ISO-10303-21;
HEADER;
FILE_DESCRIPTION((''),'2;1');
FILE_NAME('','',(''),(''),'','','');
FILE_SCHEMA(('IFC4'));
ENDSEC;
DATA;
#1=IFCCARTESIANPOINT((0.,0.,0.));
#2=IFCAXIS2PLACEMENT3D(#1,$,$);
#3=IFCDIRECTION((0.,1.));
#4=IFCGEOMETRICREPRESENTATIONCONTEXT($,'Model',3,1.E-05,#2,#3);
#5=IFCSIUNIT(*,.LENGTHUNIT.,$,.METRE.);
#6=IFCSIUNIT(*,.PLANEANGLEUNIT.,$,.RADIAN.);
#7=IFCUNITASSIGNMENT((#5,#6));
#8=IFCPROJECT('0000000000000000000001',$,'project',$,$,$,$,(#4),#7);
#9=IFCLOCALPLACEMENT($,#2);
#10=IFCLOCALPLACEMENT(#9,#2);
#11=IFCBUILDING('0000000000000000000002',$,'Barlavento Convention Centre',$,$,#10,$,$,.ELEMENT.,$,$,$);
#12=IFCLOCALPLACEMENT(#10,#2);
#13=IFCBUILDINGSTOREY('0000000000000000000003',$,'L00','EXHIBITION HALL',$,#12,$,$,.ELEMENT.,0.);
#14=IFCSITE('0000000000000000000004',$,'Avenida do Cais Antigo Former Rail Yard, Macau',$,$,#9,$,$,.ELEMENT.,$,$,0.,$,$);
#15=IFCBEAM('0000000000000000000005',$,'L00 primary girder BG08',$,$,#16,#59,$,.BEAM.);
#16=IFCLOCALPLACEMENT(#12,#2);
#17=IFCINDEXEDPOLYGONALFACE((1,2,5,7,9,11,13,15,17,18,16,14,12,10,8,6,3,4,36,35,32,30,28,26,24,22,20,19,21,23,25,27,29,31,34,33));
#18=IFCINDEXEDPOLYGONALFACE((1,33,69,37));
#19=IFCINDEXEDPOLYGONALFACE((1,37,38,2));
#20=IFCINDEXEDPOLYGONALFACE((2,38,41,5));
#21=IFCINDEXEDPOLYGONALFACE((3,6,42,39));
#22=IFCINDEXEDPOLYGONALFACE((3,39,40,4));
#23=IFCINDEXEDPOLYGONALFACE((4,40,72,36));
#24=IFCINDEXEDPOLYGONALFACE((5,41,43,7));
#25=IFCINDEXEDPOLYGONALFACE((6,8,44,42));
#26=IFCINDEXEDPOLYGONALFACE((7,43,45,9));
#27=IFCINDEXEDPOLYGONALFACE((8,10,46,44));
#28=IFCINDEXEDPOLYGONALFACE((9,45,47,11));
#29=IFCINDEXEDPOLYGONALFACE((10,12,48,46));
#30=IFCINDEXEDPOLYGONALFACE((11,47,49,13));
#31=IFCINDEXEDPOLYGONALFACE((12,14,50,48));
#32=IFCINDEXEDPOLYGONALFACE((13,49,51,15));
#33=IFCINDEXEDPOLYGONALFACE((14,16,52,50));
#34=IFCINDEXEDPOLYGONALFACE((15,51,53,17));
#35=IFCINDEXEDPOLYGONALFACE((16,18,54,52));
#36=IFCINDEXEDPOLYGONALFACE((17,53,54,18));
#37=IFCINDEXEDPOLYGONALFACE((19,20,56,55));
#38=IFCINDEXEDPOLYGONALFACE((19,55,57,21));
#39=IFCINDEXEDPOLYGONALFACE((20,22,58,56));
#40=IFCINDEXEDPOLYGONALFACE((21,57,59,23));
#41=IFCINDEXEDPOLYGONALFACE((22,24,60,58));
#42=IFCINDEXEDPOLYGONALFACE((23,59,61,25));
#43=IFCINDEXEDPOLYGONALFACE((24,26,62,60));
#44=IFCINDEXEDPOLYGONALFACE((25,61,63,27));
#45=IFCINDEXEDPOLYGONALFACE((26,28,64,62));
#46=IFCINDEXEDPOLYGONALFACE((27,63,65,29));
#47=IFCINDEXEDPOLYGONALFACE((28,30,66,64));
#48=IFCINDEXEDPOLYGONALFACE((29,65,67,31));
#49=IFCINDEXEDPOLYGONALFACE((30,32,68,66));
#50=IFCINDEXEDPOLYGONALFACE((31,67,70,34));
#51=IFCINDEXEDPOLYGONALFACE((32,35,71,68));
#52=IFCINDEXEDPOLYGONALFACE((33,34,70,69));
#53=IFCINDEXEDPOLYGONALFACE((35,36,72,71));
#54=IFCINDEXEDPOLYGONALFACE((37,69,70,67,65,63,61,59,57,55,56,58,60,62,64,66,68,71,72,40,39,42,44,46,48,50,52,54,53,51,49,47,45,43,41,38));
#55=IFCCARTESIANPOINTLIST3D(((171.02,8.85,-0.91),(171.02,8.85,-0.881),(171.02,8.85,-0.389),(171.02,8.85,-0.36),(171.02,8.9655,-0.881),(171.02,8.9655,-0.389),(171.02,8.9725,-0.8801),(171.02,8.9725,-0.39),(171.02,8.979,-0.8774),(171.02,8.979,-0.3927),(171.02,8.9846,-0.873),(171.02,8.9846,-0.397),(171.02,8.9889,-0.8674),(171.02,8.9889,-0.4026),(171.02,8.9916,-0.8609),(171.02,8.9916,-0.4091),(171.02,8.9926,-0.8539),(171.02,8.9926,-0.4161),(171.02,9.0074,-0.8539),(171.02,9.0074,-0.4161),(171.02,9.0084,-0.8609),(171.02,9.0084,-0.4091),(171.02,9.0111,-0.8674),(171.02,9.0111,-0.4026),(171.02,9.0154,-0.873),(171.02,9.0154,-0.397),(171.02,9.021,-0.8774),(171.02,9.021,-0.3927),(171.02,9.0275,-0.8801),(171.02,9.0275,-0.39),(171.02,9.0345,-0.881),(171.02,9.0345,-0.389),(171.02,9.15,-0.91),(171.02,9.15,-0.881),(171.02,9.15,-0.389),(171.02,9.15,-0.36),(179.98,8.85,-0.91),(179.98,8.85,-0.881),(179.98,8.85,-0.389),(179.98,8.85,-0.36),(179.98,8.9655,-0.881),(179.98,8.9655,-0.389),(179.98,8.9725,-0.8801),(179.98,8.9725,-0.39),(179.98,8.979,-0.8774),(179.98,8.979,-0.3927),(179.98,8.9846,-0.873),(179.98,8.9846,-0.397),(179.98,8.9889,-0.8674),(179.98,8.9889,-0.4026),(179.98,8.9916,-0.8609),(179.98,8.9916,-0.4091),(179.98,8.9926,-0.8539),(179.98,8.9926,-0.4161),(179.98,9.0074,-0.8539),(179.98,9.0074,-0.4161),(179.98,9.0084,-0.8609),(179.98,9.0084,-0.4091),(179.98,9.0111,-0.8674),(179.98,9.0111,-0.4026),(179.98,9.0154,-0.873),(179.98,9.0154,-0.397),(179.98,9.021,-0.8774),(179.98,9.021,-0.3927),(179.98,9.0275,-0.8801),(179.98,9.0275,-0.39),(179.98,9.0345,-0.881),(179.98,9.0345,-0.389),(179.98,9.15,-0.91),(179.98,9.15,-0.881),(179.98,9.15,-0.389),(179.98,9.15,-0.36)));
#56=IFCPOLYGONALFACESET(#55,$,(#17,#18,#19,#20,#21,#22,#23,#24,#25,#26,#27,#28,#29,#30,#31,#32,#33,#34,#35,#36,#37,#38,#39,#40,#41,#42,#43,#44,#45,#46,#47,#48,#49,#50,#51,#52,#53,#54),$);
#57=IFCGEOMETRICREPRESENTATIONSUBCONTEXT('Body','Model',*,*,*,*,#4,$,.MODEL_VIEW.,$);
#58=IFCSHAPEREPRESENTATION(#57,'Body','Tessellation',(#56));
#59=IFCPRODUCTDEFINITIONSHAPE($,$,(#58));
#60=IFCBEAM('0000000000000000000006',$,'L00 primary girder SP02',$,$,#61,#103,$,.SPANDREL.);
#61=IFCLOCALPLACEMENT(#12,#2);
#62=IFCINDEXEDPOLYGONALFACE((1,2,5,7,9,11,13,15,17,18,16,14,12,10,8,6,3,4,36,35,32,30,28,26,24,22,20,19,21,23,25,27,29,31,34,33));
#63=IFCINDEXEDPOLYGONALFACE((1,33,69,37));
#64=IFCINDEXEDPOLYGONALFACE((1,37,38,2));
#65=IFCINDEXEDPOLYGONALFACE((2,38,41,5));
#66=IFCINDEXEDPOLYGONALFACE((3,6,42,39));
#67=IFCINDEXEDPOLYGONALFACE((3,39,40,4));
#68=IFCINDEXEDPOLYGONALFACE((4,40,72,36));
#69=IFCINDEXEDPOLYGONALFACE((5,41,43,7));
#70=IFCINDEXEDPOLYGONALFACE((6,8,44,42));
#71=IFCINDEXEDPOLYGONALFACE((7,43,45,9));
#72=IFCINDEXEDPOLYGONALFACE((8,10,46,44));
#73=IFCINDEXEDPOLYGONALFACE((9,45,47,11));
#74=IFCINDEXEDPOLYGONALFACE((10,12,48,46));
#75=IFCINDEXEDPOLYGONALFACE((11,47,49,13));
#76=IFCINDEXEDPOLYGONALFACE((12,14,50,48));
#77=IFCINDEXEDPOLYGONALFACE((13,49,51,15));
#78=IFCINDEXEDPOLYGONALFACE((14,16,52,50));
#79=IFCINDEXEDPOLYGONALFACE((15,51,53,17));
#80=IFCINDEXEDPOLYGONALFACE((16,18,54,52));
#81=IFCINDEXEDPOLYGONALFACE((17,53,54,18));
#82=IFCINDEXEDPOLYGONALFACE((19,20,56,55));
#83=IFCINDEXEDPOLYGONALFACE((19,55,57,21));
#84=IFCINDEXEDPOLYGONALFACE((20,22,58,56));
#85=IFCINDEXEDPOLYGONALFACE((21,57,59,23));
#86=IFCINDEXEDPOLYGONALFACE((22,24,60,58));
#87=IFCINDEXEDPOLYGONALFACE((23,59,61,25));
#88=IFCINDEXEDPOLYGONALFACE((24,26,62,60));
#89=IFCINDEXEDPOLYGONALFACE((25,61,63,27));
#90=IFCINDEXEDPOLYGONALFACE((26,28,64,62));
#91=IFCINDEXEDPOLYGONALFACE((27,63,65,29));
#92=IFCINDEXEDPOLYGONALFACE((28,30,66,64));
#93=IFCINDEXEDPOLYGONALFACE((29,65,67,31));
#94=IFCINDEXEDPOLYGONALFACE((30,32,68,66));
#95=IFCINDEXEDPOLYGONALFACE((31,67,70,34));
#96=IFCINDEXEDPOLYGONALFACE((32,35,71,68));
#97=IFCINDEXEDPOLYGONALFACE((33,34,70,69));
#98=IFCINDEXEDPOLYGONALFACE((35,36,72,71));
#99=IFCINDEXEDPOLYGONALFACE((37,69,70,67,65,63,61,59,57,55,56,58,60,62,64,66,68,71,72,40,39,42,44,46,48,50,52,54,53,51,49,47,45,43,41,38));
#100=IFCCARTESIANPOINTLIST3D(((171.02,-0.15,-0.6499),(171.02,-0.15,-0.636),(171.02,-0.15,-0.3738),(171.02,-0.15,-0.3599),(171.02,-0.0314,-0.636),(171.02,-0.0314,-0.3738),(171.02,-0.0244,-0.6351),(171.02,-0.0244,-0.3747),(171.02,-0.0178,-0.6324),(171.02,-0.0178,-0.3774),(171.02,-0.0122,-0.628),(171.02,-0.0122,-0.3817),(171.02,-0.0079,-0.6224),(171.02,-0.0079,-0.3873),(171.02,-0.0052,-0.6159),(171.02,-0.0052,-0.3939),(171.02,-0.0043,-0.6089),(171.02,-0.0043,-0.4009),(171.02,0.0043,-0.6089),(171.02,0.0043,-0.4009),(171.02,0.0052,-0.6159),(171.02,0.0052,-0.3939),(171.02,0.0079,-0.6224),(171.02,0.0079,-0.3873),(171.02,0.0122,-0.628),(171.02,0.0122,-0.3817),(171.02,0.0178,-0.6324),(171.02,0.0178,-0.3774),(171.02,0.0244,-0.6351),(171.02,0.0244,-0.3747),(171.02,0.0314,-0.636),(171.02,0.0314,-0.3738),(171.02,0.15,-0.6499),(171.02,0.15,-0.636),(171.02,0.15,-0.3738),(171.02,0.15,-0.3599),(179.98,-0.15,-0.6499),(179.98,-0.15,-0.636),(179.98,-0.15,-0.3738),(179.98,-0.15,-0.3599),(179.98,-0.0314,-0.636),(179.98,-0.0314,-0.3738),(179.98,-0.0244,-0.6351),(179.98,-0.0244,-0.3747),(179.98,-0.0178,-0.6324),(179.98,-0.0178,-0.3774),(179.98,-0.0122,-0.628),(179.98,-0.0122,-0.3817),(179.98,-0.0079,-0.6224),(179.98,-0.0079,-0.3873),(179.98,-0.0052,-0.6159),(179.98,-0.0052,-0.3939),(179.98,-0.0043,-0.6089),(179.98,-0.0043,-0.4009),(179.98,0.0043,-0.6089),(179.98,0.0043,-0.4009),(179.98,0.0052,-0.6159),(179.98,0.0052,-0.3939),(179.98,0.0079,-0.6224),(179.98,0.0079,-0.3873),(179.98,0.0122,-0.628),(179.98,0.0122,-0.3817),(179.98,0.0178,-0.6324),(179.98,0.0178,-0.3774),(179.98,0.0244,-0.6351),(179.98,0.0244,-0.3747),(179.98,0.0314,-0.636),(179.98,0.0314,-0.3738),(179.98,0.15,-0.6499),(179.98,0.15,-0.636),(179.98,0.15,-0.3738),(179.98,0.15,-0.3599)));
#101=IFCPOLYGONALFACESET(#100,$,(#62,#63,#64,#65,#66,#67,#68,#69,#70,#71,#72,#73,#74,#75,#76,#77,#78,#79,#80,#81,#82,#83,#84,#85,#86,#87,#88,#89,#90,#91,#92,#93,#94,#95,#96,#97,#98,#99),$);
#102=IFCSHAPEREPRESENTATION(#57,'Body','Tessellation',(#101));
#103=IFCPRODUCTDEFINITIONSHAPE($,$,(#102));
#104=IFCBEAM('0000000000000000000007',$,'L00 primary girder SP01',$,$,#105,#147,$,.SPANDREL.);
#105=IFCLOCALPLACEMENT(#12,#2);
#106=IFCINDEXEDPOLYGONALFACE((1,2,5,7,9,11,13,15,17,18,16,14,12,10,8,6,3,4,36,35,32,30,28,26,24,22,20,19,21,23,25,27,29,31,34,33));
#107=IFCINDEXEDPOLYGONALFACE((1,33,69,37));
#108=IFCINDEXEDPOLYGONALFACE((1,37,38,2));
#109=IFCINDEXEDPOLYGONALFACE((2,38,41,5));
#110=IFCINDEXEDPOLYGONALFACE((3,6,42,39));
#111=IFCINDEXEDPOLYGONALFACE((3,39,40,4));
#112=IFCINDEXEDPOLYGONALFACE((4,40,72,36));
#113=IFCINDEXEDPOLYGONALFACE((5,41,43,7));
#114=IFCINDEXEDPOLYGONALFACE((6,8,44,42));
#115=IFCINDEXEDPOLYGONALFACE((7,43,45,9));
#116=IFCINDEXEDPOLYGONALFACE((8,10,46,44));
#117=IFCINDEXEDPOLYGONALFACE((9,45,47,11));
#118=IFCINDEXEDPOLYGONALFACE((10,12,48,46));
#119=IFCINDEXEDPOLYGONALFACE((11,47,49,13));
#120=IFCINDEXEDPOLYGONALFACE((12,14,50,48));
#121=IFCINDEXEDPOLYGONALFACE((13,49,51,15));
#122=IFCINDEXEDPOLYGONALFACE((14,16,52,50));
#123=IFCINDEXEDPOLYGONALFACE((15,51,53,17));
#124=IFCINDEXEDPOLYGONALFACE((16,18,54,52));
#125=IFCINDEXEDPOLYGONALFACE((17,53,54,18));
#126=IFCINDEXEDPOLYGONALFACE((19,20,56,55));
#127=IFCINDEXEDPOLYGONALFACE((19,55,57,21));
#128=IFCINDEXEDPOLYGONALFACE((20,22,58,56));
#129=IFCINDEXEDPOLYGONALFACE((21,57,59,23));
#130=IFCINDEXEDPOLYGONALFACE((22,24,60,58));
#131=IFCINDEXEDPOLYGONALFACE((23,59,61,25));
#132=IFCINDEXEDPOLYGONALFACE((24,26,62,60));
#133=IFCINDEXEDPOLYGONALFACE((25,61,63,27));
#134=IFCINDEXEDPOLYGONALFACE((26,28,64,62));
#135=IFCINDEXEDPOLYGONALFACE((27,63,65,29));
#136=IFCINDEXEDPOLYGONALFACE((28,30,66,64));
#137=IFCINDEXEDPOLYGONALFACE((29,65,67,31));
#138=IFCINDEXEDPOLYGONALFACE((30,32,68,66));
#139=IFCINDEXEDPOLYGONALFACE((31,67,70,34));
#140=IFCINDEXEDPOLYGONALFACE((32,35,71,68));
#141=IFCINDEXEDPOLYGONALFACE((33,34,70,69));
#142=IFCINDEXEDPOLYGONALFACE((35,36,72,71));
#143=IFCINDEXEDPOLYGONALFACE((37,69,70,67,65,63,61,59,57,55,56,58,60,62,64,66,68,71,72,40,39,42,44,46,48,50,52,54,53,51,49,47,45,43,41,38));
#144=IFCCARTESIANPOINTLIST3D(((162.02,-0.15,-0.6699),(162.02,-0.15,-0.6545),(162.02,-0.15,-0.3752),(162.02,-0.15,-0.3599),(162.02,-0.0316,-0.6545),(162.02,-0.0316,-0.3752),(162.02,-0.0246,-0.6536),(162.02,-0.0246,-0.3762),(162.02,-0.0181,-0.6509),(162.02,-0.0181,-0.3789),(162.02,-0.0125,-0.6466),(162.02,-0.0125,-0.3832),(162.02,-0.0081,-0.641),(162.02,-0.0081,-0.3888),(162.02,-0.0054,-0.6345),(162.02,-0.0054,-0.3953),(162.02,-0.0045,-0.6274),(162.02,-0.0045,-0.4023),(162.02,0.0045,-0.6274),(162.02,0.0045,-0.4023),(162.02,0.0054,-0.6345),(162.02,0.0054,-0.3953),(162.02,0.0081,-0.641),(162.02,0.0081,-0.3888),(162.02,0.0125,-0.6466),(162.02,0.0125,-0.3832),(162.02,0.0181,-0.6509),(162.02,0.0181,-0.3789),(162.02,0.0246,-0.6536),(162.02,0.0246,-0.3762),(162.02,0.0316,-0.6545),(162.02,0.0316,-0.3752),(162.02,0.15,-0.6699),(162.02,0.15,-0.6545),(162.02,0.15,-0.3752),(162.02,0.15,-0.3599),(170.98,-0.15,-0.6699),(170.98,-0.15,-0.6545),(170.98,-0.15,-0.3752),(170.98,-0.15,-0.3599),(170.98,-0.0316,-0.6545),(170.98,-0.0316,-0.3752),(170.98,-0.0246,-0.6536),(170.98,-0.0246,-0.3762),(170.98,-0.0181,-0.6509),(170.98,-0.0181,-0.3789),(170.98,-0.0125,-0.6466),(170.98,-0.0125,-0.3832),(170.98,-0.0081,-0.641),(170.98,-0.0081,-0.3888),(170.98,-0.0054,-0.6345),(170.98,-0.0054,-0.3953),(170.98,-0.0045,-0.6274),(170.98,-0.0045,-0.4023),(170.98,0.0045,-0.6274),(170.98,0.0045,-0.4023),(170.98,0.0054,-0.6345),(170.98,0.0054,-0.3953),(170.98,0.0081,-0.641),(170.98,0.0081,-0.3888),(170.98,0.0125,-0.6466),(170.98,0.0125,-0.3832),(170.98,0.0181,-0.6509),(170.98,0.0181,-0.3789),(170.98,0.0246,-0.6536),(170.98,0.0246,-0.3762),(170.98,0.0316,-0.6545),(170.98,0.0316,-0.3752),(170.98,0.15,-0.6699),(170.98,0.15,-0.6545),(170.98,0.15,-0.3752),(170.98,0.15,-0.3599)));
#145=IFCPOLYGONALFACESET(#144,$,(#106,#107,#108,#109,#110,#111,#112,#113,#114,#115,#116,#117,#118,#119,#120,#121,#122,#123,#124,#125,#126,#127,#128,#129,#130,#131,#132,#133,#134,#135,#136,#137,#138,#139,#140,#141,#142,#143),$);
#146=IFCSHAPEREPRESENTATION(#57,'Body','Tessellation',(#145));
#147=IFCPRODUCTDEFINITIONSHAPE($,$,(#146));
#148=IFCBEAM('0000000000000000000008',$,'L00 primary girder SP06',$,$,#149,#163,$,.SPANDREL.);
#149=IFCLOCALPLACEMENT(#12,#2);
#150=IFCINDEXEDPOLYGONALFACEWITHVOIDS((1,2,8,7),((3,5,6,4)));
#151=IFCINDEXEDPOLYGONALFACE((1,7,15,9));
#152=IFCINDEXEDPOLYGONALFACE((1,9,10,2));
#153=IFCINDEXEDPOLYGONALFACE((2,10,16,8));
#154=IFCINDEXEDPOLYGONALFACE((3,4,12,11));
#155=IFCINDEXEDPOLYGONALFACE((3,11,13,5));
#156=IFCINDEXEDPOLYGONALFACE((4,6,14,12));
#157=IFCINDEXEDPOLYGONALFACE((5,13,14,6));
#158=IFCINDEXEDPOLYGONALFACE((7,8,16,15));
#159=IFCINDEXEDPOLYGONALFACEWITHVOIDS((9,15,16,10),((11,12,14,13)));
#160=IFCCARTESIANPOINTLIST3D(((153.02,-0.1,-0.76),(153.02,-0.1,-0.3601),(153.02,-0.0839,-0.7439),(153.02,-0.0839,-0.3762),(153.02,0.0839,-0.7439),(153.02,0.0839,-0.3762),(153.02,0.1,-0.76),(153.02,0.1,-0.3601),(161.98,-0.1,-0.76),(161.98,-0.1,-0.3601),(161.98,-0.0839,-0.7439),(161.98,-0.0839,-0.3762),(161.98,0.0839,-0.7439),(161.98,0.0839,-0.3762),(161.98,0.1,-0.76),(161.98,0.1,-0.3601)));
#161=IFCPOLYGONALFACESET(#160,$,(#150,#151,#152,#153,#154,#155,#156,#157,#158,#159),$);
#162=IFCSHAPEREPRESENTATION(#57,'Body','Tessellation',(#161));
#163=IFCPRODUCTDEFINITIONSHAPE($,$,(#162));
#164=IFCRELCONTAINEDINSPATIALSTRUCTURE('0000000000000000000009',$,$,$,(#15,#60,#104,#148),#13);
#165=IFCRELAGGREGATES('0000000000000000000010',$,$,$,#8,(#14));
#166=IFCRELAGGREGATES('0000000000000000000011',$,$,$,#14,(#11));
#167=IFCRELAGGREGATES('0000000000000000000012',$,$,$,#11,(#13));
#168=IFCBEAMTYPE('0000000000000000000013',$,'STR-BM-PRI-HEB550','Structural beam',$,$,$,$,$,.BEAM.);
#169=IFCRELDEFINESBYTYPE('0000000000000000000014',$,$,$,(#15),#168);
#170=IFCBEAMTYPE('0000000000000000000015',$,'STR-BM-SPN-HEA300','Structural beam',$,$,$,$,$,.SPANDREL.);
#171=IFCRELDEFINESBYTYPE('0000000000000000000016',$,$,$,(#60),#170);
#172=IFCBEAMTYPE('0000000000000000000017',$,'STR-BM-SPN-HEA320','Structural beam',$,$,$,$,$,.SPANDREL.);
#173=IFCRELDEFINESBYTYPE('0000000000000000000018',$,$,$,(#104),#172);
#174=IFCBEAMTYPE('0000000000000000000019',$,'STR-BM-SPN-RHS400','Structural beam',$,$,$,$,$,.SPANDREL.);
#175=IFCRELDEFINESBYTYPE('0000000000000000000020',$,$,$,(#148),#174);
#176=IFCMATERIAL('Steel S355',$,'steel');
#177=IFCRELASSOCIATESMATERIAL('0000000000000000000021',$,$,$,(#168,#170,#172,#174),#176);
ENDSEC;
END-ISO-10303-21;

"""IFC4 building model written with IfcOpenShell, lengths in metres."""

from ifc_helpers import new_model, si_unit, direction, frame, origin, origin_2d, place, context, subcontext, project, spatial, hollow_rectangle, i_section, extrude, material, material_profile, profile_set, type_object, element, save


model = new_model("IFC4")

# Units and contexts
model_context = context("Model", 3, precision=1e-05, world=origin(), true_north=direction((0.0, 1.0)))
body_context = subcontext(model_context, "Body", "Model", "MODEL_VIEW")
ifc_project = project(units=[si_unit("LENGTHUNIT", "METRE"), si_unit("PLANEANGLEUNIT", "RADIAN")], contexts=[model_context])

# Site, building, storey
site_placement = place(None, origin())
site = spatial("IfcSite", under=ifc_project, at=site_placement, Name="Avenida do Cais Antigo Former Rail Yard, Macau", CompositionType="ELEMENT", RefElevation=0.0)
building_placement = place(site_placement, origin())
building = spatial("IfcBuilding", under=site, at=building_placement, Name="Barlavento Convention Centre", CompositionType="ELEMENT")
storey_placement = place(building_placement, origin())
storey = spatial("IfcBuildingStorey", under=building, at=storey_placement, Name="L00", Description="EXHIBITION HALL", CompositionType="ELEMENT", Elevation=0.0)

# Beams
ifc_material_1 = material(Name="Steel S355", Category="steel")
ifc_material_profile_1 = material_profile(ifc_material_1, i_section(OverallWidth=0.3, OverallDepth=0.55, WebThickness=0.0149, FlangeThickness=0.0291, FilletRadius=0.0271, at=origin_2d()), Name="HEB 550")
ifc_profile_set_1 = profile_set([ifc_material_profile_1], Name="Steel S355")
beam_type_1 = type_object("IfcBeamType", Name="STR-BM-PRI-HEB550", Description="Structural beam", PredefinedType="BEAM", material=ifc_profile_set_1)
beam_1_placement = place(storey_placement, frame((171.02, 9.0, -0.635), z_axis=(1.0, 0.0, 0.0), x_axis=(0.0, 1.0, 0.0)))
element("IfcBeam", 1, at=beam_1_placement, inside=storey, type_object=beam_type_1, Name="L00 primary girder BG08", PredefinedType="BEAM", context=body_context, shape_type="SweptSolid", body=[
    extrude(i_section(OverallWidth=0.3, OverallDepth=0.55, WebThickness=0.0149, FlangeThickness=0.0291, FilletRadius=0.0271, at=origin_2d()), origin(), (0.0, 0.0, 1.0), 8.96),
])
ifc_material_profile_2 = material_profile(ifc_material_1, i_section(OverallWidth=0.3, OverallDepth=0.29, WebThickness=0.0085, FlangeThickness=0.0139, FilletRadius=0.0271, at=origin_2d()), Name="HEA 300")
ifc_profile_set_2 = profile_set([ifc_material_profile_2], Name="Steel S355")
beam_type_2 = type_object("IfcBeamType", Name="STR-BM-SPN-HEA300", Description="Structural beam", PredefinedType="SPANDREL", material=ifc_profile_set_2)
beam_2_placement = place(storey_placement, frame((171.02, 0.0, -0.5049), z_axis=(1.0, 0.0, 0.0), x_axis=(0.0, 1.0, 0.0)))
element("IfcBeam", 2, at=beam_2_placement, inside=storey, type_object=beam_type_2, Name="L00 primary girder SP02", PredefinedType="SPANDREL", context=body_context, shape_type="SweptSolid", body=[
    extrude(i_section(OverallWidth=0.3, OverallDepth=0.29, WebThickness=0.0085, FlangeThickness=0.0139, FilletRadius=0.0271, at=origin_2d()), origin(), (0.0, 0.0, 1.0), 8.96),
])
ifc_material_profile_3 = material_profile(ifc_material_1, i_section(OverallWidth=0.3, OverallDepth=0.3101, WebThickness=0.009, FlangeThickness=0.0154, FilletRadius=0.0271, at=origin_2d()), Name="HEA 320")
ifc_profile_set_3 = profile_set([ifc_material_profile_3], Name="Steel S355")
beam_type_3 = type_object("IfcBeamType", Name="STR-BM-SPN-HEA320", Description="Structural beam", PredefinedType="SPANDREL", material=ifc_profile_set_3)
beam_3_placement = place(storey_placement, frame((162.02, 0.0, -0.5149), z_axis=(1.0, 0.0, 0.0), x_axis=(0.0, 1.0, 0.0)))
element("IfcBeam", 3, at=beam_3_placement, inside=storey, type_object=beam_type_3, Name="L00 primary girder SP01", PredefinedType="SPANDREL", context=body_context, shape_type="SweptSolid", body=[
    extrude(i_section(OverallWidth=0.3, OverallDepth=0.3101, WebThickness=0.009, FlangeThickness=0.0154, FilletRadius=0.0271, at=origin_2d()), origin(), (0.0, 0.0, 1.0), 8.96),
])
ifc_material_profile_4 = material_profile(ifc_material_1, hollow_rectangle(XDim=0.2, YDim=0.3999, WallThickness=0.0161, at=origin_2d()), Name="RHS 400x200x16.0")
ifc_profile_set_4 = profile_set([ifc_material_profile_4], Name="Steel S355")
beam_type_4 = type_object("IfcBeamType", Name="STR-BM-SPN-RHS400", Description="Structural beam", PredefinedType="SPANDREL", material=ifc_profile_set_4)
beam_4_placement = place(storey_placement, frame((153.02, 0.0, -0.5601), z_axis=(1.0, 0.0, 0.0), x_axis=(0.0, 1.0, 0.0)))
element("IfcBeam", 4, at=beam_4_placement, inside=storey, type_object=beam_type_4, Name="L00 primary girder SP06", PredefinedType="SPANDREL", context=body_context, shape_type="SweptSolid", body=[
    extrude(hollow_rectangle(XDim=0.2, YDim=0.3999, WallThickness=0.0161, at=origin_2d()), origin(), (0.0, 0.0, 1.0), 8.96),
])

save(model, "model.ifc")
